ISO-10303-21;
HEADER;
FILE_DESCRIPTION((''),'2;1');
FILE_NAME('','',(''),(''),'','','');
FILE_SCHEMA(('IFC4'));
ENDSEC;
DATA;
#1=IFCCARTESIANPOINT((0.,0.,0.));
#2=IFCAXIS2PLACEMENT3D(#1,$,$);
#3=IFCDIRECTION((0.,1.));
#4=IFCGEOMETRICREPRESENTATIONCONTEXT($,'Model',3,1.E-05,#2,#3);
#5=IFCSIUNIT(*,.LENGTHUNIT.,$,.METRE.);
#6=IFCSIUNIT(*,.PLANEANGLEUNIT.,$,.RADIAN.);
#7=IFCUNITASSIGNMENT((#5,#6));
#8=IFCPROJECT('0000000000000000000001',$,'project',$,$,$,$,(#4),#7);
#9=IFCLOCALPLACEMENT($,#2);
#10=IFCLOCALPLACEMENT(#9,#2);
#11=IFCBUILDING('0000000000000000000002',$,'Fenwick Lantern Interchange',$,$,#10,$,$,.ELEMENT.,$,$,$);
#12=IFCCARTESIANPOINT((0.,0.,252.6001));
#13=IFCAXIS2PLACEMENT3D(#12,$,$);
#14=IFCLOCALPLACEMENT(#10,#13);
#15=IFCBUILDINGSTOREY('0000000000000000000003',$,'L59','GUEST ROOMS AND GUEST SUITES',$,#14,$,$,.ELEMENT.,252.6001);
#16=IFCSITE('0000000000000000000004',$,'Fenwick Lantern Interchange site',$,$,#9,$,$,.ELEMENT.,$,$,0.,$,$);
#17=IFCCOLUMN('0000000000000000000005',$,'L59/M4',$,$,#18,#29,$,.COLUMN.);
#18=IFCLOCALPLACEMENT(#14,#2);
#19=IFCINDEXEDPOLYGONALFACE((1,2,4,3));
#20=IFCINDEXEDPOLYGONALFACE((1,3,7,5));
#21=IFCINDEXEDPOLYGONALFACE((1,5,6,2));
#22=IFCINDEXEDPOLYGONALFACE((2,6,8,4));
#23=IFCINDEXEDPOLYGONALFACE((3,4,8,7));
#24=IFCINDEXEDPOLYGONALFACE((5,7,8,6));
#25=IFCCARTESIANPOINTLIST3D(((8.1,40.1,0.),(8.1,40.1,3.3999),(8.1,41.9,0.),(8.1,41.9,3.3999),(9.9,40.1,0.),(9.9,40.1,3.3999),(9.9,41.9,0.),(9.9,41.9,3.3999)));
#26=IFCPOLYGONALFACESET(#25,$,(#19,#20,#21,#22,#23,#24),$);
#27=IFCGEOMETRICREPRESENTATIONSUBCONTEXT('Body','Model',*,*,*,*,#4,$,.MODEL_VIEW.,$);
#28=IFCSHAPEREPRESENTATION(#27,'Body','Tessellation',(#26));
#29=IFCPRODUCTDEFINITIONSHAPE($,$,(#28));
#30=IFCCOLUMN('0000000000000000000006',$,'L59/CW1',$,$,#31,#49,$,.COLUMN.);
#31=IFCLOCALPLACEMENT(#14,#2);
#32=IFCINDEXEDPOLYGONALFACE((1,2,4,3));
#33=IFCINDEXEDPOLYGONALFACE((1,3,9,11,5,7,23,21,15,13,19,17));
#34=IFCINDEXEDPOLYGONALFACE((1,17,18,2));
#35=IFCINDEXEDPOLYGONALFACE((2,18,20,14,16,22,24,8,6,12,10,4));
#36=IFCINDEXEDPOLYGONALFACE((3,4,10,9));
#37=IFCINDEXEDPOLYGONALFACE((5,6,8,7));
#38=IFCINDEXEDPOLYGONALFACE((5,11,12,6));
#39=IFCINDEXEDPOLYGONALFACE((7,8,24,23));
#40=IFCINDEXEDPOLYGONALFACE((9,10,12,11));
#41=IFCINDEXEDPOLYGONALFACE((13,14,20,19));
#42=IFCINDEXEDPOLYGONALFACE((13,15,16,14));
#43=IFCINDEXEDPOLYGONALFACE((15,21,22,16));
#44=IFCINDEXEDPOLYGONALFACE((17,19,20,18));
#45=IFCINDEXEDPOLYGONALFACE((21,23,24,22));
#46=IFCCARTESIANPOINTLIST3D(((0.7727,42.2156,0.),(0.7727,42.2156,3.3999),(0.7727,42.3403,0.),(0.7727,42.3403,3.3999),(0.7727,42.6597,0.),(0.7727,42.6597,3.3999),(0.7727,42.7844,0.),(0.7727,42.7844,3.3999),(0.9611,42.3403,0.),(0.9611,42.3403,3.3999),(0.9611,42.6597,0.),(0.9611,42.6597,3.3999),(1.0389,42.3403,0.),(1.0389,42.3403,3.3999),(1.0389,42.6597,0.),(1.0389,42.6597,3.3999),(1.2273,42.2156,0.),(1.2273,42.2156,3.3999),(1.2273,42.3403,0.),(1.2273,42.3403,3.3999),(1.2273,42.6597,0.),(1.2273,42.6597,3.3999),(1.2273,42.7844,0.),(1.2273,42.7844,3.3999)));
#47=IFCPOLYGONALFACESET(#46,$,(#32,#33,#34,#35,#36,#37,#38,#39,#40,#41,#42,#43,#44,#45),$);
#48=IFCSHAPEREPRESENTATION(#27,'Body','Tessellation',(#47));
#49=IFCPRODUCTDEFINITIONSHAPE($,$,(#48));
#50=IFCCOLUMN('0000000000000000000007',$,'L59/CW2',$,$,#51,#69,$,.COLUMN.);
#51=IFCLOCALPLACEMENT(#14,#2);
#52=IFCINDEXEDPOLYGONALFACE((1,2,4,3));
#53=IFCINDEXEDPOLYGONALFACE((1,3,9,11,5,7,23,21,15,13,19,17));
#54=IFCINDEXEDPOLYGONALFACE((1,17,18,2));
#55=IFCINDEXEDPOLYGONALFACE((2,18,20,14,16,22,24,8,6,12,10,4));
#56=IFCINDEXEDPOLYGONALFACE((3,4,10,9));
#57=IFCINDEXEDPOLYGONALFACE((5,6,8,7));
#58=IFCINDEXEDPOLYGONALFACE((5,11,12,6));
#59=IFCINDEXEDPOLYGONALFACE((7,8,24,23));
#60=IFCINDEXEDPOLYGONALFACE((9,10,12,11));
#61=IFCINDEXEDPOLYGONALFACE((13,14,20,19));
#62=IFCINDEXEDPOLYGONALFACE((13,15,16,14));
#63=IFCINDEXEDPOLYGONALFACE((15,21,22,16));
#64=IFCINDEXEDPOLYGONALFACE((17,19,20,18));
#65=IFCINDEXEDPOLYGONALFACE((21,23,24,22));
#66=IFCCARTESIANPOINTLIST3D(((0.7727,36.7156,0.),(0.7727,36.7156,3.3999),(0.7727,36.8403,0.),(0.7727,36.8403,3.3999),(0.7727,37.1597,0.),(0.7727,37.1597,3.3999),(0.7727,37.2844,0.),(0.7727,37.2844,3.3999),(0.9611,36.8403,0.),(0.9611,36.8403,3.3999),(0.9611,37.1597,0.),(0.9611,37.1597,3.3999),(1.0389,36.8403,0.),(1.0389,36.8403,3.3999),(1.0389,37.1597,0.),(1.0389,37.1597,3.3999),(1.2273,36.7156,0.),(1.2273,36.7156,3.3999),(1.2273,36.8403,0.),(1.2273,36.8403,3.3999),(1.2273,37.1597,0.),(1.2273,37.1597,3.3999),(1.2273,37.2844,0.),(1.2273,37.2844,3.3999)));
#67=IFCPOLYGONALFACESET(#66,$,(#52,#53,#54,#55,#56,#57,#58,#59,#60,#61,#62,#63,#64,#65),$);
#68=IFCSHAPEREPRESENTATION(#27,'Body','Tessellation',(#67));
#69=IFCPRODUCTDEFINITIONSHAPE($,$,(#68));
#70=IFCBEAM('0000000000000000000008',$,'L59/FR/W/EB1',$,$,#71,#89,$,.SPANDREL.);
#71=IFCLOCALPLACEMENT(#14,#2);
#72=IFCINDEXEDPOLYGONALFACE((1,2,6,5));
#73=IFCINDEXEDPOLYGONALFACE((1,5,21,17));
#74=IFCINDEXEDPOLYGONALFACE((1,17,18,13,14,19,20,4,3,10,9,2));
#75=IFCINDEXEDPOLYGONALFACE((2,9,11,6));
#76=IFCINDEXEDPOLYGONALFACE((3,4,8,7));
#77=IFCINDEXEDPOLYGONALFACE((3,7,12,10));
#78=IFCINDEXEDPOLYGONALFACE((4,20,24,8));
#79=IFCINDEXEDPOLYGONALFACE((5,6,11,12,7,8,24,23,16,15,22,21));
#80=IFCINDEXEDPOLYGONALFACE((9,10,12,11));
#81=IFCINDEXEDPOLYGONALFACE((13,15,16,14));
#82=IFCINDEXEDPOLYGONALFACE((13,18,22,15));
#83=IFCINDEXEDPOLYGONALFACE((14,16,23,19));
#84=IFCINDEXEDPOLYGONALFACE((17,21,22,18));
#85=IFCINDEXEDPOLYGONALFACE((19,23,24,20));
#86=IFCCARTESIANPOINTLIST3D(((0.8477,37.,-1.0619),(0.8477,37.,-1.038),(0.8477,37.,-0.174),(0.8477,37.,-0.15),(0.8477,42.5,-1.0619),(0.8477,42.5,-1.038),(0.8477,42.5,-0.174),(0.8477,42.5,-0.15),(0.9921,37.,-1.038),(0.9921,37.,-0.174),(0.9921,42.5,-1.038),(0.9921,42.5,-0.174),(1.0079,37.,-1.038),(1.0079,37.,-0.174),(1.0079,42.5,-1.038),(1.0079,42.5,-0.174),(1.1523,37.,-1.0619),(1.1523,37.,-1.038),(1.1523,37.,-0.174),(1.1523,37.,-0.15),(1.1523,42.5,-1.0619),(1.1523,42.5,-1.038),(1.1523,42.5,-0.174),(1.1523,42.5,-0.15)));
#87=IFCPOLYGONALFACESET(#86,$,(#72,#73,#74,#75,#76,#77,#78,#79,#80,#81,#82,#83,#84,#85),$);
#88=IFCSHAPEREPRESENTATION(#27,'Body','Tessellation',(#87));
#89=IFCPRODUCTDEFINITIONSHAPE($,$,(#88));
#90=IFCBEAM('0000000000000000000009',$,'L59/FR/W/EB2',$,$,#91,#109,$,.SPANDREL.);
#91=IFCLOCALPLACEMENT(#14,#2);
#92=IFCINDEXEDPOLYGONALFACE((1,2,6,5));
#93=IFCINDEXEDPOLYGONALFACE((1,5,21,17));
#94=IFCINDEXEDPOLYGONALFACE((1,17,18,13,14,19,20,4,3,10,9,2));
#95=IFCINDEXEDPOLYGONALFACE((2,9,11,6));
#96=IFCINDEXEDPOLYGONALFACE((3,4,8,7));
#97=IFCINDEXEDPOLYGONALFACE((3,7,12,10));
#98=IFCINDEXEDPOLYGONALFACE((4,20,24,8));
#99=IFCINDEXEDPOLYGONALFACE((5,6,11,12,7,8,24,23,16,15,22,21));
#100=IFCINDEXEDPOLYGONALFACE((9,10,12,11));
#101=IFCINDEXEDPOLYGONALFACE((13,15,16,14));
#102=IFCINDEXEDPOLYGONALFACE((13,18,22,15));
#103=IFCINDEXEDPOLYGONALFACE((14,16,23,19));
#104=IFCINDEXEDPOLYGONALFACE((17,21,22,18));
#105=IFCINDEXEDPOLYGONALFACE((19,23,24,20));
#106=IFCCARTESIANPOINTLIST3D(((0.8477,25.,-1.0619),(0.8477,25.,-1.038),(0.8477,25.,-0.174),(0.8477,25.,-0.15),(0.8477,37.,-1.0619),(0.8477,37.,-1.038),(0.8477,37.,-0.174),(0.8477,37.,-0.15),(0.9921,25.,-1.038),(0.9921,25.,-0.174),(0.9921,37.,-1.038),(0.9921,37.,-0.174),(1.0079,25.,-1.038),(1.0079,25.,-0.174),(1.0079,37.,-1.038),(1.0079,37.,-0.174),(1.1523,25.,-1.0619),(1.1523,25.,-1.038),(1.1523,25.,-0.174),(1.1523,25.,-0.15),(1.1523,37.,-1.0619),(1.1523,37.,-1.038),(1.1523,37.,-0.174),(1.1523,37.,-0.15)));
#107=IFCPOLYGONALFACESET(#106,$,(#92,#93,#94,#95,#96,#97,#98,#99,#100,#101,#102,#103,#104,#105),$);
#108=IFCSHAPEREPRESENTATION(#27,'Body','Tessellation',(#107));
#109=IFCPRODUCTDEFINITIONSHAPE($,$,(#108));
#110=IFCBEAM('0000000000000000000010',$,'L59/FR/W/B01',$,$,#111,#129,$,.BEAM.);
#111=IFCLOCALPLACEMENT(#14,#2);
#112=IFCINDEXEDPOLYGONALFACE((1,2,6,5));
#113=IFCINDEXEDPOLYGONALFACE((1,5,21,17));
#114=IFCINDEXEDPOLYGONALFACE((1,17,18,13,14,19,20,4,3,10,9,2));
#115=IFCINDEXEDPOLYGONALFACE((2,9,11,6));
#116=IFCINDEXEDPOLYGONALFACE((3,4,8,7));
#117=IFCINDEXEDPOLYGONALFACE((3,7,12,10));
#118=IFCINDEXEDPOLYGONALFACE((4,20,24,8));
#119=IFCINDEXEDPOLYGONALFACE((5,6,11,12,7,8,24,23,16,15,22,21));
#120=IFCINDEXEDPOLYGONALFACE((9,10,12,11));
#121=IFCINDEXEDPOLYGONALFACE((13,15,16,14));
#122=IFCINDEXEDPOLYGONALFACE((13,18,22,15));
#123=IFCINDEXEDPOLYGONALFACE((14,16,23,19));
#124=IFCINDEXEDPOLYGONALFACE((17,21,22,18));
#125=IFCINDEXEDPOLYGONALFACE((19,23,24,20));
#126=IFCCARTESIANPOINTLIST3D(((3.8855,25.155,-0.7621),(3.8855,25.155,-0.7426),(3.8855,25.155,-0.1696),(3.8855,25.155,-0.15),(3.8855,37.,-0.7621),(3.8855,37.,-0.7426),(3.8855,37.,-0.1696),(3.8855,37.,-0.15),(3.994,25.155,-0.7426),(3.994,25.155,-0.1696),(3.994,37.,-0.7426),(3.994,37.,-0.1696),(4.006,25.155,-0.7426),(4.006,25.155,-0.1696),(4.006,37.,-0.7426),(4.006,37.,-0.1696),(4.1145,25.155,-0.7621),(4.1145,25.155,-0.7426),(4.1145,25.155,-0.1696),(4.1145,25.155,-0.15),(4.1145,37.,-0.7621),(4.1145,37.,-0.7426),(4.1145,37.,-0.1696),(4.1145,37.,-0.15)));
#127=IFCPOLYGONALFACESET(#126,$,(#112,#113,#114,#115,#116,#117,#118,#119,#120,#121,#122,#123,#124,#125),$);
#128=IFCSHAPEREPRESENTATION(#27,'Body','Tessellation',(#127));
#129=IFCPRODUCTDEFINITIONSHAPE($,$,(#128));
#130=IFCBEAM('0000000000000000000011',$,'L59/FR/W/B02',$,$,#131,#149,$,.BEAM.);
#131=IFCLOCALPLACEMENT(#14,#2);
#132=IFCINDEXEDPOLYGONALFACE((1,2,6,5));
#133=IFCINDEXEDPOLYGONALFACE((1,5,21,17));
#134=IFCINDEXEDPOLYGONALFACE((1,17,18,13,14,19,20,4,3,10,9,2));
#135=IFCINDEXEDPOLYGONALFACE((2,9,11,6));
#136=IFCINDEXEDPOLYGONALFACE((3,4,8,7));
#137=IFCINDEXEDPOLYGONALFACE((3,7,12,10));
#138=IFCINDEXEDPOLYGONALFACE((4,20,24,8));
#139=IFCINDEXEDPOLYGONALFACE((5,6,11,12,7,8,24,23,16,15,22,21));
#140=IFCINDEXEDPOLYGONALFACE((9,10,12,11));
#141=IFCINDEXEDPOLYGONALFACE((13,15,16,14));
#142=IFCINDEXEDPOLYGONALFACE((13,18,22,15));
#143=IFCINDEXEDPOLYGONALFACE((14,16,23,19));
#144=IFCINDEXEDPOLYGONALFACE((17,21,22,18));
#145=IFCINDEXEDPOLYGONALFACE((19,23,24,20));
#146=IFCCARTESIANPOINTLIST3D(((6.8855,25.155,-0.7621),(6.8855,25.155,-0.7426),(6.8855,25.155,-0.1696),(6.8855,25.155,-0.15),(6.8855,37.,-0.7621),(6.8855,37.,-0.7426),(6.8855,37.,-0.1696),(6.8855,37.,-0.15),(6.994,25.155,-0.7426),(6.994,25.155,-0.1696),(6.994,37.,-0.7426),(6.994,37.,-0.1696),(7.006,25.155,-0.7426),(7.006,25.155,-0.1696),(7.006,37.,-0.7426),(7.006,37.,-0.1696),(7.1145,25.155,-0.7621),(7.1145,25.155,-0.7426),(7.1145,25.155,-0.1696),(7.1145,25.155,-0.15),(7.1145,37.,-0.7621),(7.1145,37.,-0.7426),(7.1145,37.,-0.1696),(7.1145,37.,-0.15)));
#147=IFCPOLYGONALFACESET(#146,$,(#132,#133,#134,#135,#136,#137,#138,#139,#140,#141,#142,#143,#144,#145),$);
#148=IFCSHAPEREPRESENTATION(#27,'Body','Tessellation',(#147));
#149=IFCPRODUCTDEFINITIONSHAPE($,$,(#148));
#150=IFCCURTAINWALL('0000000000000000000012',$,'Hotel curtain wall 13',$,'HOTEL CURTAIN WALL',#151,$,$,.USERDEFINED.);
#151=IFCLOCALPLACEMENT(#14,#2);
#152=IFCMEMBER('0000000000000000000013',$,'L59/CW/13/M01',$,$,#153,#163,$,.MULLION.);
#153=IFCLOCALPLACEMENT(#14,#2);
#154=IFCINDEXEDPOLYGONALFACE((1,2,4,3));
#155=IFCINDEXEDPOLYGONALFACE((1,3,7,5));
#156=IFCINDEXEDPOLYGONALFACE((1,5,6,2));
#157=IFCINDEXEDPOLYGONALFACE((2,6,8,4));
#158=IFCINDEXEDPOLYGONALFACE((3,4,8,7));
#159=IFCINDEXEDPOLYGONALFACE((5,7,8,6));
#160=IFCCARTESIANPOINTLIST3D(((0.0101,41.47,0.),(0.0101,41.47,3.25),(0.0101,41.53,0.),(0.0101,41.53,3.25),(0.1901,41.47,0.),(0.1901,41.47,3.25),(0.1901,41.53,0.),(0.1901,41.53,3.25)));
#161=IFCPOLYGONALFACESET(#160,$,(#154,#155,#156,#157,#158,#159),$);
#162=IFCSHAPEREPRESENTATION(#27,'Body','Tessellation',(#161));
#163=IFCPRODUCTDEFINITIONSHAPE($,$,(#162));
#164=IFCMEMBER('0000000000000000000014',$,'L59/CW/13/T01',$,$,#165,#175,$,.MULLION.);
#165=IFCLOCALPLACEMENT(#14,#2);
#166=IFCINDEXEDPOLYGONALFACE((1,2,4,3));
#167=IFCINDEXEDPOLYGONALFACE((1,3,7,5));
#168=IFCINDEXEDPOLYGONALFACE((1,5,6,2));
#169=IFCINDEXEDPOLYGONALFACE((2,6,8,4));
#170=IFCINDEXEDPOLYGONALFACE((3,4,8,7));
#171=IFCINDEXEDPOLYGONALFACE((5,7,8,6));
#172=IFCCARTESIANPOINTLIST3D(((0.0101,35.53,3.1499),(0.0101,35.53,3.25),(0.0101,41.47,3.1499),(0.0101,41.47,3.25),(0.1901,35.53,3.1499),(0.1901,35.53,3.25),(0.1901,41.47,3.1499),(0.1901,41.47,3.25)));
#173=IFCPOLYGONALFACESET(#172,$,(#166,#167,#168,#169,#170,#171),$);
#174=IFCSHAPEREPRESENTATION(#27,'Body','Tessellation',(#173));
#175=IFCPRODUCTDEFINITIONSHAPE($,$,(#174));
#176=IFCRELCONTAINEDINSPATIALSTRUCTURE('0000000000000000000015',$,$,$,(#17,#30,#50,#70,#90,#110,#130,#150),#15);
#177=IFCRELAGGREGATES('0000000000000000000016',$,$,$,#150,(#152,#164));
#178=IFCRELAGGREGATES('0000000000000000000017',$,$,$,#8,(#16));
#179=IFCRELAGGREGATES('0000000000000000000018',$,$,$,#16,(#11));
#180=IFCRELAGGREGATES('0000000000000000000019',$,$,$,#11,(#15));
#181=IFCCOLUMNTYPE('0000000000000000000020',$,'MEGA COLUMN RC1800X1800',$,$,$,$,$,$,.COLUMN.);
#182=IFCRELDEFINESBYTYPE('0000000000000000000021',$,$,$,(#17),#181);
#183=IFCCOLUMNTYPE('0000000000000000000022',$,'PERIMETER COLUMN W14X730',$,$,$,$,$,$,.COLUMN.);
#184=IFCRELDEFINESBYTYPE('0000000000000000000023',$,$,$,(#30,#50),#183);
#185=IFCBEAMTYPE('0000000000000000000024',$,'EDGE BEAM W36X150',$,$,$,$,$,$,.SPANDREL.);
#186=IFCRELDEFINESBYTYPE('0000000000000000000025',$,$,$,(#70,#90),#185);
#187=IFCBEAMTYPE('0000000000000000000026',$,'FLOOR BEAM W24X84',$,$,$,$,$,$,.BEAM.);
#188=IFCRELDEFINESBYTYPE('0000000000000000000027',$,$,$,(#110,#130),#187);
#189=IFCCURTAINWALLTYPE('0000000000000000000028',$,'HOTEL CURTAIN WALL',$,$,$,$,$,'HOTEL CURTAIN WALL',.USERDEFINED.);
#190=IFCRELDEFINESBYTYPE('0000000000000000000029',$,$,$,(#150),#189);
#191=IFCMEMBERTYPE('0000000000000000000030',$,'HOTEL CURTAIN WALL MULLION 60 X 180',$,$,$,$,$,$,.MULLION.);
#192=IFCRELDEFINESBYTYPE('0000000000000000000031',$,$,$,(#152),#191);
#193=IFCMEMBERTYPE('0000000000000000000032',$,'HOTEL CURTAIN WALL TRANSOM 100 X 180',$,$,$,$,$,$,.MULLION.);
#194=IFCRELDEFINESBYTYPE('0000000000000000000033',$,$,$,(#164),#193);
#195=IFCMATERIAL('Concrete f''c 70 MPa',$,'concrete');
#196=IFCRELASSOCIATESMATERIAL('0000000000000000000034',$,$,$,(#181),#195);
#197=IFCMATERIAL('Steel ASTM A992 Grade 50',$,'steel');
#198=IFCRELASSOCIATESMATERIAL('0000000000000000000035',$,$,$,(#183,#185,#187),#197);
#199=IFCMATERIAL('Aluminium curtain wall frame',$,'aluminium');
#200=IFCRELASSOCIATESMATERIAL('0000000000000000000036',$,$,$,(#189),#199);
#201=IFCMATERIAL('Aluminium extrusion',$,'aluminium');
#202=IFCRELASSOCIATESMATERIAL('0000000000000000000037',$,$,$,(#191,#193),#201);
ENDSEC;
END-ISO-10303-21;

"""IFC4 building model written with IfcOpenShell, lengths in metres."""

from ifc_helpers import new_model, si_unit, direction, frame, origin, origin_2d, place, context, subcontext, project, spatial, rectangle, i_section, extrude, material, material_profile, profile_set, type_object, element, aggregate, save


model = new_model("IFC4")

# Units and contexts
model_context = context("Model", 3, precision=1e-05, world=origin(), true_north=direction((0.0, 1.0)))
body_context = subcontext(model_context, "Body", "Model", "MODEL_VIEW")
ifc_project = project(units=[si_unit("LENGTHUNIT", "METRE"), si_unit("PLANEANGLEUNIT", "RADIAN")], contexts=[model_context])

# Site, building, storey
site_placement = place(None, origin())
site = spatial("IfcSite", under=ifc_project, at=site_placement, Name="Fenwick Lantern Interchange site", CompositionType="ELEMENT", RefElevation=0.0)
building_placement = place(site_placement, origin())
building = spatial("IfcBuilding", under=site, at=building_placement, Name="Fenwick Lantern Interchange", CompositionType="ELEMENT")
storey_placement = place(building_placement, frame((0.0, 0.0, 252.6001)))
storey = spatial("IfcBuildingStorey", under=building, at=storey_placement, Name="L59", Description="GUEST ROOMS AND GUEST SUITES", CompositionType="ELEMENT", Elevation=252.6001)

# Columns
ifc_material_1 = material(Name="Concrete f'c 70 MPa", Category="concrete")
ifc_material_profile_1 = material_profile(ifc_material_1, rectangle(XDim=1.8, YDim=1.8, at=origin_2d()), Name="RC1800X1800")
ifc_profile_set_1 = profile_set([ifc_material_profile_1], Name="Concrete f'c 70 MPa")
column_type_1 = type_object("IfcColumnType", Name="MEGA COLUMN RC1800X1800", PredefinedType="COLUMN", material=ifc_profile_set_1)
column_placement = place(storey_placement, frame((9.0, 41.0, 0.0), z_axis=(0.0, 0.0, 1.0), x_axis=(1.0, 0.0, 0.0)))
element("IfcColumn", 1, at=column_placement, inside=storey, type_object=column_type_1, Name="L59/M4", PredefinedType="COLUMN", context=body_context, shape_type="SweptSolid", body=[
    extrude(rectangle(XDim=1.8, YDim=1.8, at=origin_2d()), origin(), (0.0, 0.0, 1.0), 3.3999),
])
ifc_material_2 = material(Name="Steel ASTM A992 Grade 50", Category="steel")
ifc_material_profile_2 = material_profile(ifc_material_2, i_section(OverallWidth=0.4546, OverallDepth=0.5688, WebThickness=0.0779, FlangeThickness=0.1248, at=origin_2d()), Name="W14X730")
ifc_profile_set_2 = profile_set([ifc_material_profile_2], Name="Steel ASTM A992 Grade 50")
column_type_2 = type_object("IfcColumnType", Name="PERIMETER COLUMN W14X730", PredefinedType="COLUMN", material=ifc_profile_set_2)
for number, where, z_axis, x_axis, name in (
    (2, (1.0, 42.5, 0.0), (0.0, 0.0, 1.0), (1.0, 0.0, 0.0), "L59/CW1"),
    (3, (1.0, 37.0, 0.0), (0.0, 0.0, 1.0), (1.0, 0.0, 0.0), "L59/CW2"),
):
    element("IfcColumn", number, at=place(storey_placement, frame(where, z_axis=z_axis, x_axis=x_axis)), inside=storey, type_object=column_type_2, Name=name, PredefinedType="COLUMN", context=body_context, shape_type="SweptSolid", body=[
        extrude(i_section(OverallWidth=0.4546, OverallDepth=0.5688, WebThickness=0.0779, FlangeThickness=0.1248, at=origin_2d()), origin(), (0.0, 0.0, 1.0), 3.3999),
    ])

# Beams
ifc_material_profile_3 = material_profile(ifc_material_2, i_section(OverallWidth=0.3047, OverallDepth=0.9119, WebThickness=0.0159, FlangeThickness=0.0239, at=origin_2d()), Name="W36X150")
ifc_profile_set_3 = profile_set([ifc_material_profile_3], Name="Steel ASTM A992 Grade 50")
beam_type_1 = type_object("IfcBeamType", Name="EDGE BEAM W36X150", PredefinedType="SPANDREL", material=ifc_profile_set_3)
beam_1_placement = place(storey_placement, frame((1.0, 42.5, -0.606), z_axis=(0.0, -1.0, 0.0), x_axis=(1.0, 0.0, 0.0)))
element("IfcBeam", 4, at=beam_1_placement, inside=storey, type_object=beam_type_1, Name="L59/FR/W/EB1", PredefinedType="SPANDREL", context=body_context, shape_type="SweptSolid", body=[
    extrude(i_section(OverallWidth=0.3047, OverallDepth=0.9119, WebThickness=0.0159, FlangeThickness=0.0239, at=origin_2d()), origin(), (0.0, 0.0, 1.0), 5.5),
])
beam_2_placement = place(storey_placement, frame((1.0, 37.0, -0.606), z_axis=(0.0, -1.0, 0.0), x_axis=(1.0, 0.0, 0.0)))
element("IfcBeam", 5, at=beam_2_placement, inside=storey, type_object=beam_type_1, Name="L59/FR/W/EB2", PredefinedType="SPANDREL", context=body_context, shape_type="SweptSolid", body=[
    extrude(i_section(OverallWidth=0.3047, OverallDepth=0.9119, WebThickness=0.0159, FlangeThickness=0.0239, at=origin_2d()), origin(), (0.0, 0.0, 1.0), 12.0),
])
ifc_material_profile_4 = material_profile(ifc_material_2, i_section(OverallWidth=0.229, OverallDepth=0.6121, WebThickness=0.012, FlangeThickness=0.0195, at=origin_2d()), Name="W24X84")
ifc_profile_set_4 = profile_set([ifc_material_profile_4], Name="Steel ASTM A992 Grade 50")
beam_type_2 = type_object("IfcBeamType", Name="FLOOR BEAM W24X84", PredefinedType="BEAM", material=ifc_profile_set_4)
for number, where, z_axis, x_axis, name in (
    (6, (4.0, 37.0, -0.4561), (0.0, -1.0, 0.0), (1.0, 0.0, 0.0), "L59/FR/W/B01"),
    (7, (7.0, 37.0, -0.4561), (0.0, -1.0, 0.0), (1.0, 0.0, 0.0), "L59/FR/W/B02"),
):
    element("IfcBeam", number, at=place(storey_placement, frame(where, z_axis=z_axis, x_axis=x_axis)), inside=storey, type_object=beam_type_2, Name=name, PredefinedType="BEAM", context=body_context, shape_type="SweptSolid", body=[
        extrude(i_section(OverallWidth=0.229, OverallDepth=0.6121, WebThickness=0.012, FlangeThickness=0.0195, at=origin_2d()), origin(), (0.0, 0.0, 1.0), 11.845),
    ])

# Curtain wall, members
ifc_material_3 = material(Name="Aluminium curtain wall frame", Category="aluminium")
curtain_wall_type = type_object("IfcCurtainWallType", Name="HOTEL CURTAIN WALL", ElementType="HOTEL CURTAIN WALL", PredefinedType="USERDEFINED", material=ifc_material_3)
curtain_wall_placement = place(storey_placement, origin())
curtain_wall = element("IfcCurtainWall", 8, at=curtain_wall_placement, inside=storey, type_object=curtain_wall_type, Name="Hotel curtain wall 13", ObjectType="HOTEL CURTAIN WALL", PredefinedType="USERDEFINED")
ifc_material_4 = material(Name="Aluminium extrusion", Category="aluminium")
ifc_material_profile_5 = material_profile(ifc_material_4, rectangle(XDim=0.1799, YDim=0.0601, at=origin_2d()), Name="HOTEL CURTAIN WALL MULLION 60 X 180")
ifc_profile_set_5 = profile_set([ifc_material_profile_5], Name="Aluminium extrusion")
member_type_1 = type_object("IfcMemberType", Name="HOTEL CURTAIN WALL MULLION 60 X 180", PredefinedType="MULLION", material=ifc_profile_set_5)
member_1_placement = place(storey_placement, frame((0.1001, 41.5, 0.0), z_axis=(0.0, 0.0, 1.0), x_axis=(1.0, 0.0, 0.0)))
member_1 = element("IfcMember", 9, at=member_1_placement, type_object=member_type_1, Name="L59/CW/13/M01", PredefinedType="MULLION", context=body_context, shape_type="SweptSolid", body=[
    extrude(rectangle(XDim=0.1799, YDim=0.0601, at=origin_2d()), origin(), (0.0, 0.0, 1.0), 3.25),
])
ifc_material_profile_6 = material_profile(ifc_material_4, rectangle(XDim=0.1799, YDim=0.1001, at=origin_2d()), Name="HOTEL CURTAIN WALL TRANSOM 100 X 180")
ifc_profile_set_6 = profile_set([ifc_material_profile_6], Name="Aluminium extrusion")
member_type_2 = type_object("IfcMemberType", Name="HOTEL CURTAIN WALL TRANSOM 100 X 180", PredefinedType="MULLION", material=ifc_profile_set_6)
member_2_placement = place(storey_placement, frame((0.1001, 41.47, 3.2), z_axis=(0.0, -1.0, 0.0), x_axis=(1.0, 0.0, 0.0)))
member_2 = element("IfcMember", 10, at=member_2_placement, type_object=member_type_2, Name="L59/CW/13/T01", PredefinedType="MULLION", context=body_context, shape_type="SweptSolid", body=[
    extrude(rectangle(XDim=0.1799, YDim=0.1001, at=origin_2d()), origin(), (0.0, 0.0, 1.0), 5.9399),
])
aggregate(curtain_wall, [member_1, member_2])

save(model, "model.ifc")
